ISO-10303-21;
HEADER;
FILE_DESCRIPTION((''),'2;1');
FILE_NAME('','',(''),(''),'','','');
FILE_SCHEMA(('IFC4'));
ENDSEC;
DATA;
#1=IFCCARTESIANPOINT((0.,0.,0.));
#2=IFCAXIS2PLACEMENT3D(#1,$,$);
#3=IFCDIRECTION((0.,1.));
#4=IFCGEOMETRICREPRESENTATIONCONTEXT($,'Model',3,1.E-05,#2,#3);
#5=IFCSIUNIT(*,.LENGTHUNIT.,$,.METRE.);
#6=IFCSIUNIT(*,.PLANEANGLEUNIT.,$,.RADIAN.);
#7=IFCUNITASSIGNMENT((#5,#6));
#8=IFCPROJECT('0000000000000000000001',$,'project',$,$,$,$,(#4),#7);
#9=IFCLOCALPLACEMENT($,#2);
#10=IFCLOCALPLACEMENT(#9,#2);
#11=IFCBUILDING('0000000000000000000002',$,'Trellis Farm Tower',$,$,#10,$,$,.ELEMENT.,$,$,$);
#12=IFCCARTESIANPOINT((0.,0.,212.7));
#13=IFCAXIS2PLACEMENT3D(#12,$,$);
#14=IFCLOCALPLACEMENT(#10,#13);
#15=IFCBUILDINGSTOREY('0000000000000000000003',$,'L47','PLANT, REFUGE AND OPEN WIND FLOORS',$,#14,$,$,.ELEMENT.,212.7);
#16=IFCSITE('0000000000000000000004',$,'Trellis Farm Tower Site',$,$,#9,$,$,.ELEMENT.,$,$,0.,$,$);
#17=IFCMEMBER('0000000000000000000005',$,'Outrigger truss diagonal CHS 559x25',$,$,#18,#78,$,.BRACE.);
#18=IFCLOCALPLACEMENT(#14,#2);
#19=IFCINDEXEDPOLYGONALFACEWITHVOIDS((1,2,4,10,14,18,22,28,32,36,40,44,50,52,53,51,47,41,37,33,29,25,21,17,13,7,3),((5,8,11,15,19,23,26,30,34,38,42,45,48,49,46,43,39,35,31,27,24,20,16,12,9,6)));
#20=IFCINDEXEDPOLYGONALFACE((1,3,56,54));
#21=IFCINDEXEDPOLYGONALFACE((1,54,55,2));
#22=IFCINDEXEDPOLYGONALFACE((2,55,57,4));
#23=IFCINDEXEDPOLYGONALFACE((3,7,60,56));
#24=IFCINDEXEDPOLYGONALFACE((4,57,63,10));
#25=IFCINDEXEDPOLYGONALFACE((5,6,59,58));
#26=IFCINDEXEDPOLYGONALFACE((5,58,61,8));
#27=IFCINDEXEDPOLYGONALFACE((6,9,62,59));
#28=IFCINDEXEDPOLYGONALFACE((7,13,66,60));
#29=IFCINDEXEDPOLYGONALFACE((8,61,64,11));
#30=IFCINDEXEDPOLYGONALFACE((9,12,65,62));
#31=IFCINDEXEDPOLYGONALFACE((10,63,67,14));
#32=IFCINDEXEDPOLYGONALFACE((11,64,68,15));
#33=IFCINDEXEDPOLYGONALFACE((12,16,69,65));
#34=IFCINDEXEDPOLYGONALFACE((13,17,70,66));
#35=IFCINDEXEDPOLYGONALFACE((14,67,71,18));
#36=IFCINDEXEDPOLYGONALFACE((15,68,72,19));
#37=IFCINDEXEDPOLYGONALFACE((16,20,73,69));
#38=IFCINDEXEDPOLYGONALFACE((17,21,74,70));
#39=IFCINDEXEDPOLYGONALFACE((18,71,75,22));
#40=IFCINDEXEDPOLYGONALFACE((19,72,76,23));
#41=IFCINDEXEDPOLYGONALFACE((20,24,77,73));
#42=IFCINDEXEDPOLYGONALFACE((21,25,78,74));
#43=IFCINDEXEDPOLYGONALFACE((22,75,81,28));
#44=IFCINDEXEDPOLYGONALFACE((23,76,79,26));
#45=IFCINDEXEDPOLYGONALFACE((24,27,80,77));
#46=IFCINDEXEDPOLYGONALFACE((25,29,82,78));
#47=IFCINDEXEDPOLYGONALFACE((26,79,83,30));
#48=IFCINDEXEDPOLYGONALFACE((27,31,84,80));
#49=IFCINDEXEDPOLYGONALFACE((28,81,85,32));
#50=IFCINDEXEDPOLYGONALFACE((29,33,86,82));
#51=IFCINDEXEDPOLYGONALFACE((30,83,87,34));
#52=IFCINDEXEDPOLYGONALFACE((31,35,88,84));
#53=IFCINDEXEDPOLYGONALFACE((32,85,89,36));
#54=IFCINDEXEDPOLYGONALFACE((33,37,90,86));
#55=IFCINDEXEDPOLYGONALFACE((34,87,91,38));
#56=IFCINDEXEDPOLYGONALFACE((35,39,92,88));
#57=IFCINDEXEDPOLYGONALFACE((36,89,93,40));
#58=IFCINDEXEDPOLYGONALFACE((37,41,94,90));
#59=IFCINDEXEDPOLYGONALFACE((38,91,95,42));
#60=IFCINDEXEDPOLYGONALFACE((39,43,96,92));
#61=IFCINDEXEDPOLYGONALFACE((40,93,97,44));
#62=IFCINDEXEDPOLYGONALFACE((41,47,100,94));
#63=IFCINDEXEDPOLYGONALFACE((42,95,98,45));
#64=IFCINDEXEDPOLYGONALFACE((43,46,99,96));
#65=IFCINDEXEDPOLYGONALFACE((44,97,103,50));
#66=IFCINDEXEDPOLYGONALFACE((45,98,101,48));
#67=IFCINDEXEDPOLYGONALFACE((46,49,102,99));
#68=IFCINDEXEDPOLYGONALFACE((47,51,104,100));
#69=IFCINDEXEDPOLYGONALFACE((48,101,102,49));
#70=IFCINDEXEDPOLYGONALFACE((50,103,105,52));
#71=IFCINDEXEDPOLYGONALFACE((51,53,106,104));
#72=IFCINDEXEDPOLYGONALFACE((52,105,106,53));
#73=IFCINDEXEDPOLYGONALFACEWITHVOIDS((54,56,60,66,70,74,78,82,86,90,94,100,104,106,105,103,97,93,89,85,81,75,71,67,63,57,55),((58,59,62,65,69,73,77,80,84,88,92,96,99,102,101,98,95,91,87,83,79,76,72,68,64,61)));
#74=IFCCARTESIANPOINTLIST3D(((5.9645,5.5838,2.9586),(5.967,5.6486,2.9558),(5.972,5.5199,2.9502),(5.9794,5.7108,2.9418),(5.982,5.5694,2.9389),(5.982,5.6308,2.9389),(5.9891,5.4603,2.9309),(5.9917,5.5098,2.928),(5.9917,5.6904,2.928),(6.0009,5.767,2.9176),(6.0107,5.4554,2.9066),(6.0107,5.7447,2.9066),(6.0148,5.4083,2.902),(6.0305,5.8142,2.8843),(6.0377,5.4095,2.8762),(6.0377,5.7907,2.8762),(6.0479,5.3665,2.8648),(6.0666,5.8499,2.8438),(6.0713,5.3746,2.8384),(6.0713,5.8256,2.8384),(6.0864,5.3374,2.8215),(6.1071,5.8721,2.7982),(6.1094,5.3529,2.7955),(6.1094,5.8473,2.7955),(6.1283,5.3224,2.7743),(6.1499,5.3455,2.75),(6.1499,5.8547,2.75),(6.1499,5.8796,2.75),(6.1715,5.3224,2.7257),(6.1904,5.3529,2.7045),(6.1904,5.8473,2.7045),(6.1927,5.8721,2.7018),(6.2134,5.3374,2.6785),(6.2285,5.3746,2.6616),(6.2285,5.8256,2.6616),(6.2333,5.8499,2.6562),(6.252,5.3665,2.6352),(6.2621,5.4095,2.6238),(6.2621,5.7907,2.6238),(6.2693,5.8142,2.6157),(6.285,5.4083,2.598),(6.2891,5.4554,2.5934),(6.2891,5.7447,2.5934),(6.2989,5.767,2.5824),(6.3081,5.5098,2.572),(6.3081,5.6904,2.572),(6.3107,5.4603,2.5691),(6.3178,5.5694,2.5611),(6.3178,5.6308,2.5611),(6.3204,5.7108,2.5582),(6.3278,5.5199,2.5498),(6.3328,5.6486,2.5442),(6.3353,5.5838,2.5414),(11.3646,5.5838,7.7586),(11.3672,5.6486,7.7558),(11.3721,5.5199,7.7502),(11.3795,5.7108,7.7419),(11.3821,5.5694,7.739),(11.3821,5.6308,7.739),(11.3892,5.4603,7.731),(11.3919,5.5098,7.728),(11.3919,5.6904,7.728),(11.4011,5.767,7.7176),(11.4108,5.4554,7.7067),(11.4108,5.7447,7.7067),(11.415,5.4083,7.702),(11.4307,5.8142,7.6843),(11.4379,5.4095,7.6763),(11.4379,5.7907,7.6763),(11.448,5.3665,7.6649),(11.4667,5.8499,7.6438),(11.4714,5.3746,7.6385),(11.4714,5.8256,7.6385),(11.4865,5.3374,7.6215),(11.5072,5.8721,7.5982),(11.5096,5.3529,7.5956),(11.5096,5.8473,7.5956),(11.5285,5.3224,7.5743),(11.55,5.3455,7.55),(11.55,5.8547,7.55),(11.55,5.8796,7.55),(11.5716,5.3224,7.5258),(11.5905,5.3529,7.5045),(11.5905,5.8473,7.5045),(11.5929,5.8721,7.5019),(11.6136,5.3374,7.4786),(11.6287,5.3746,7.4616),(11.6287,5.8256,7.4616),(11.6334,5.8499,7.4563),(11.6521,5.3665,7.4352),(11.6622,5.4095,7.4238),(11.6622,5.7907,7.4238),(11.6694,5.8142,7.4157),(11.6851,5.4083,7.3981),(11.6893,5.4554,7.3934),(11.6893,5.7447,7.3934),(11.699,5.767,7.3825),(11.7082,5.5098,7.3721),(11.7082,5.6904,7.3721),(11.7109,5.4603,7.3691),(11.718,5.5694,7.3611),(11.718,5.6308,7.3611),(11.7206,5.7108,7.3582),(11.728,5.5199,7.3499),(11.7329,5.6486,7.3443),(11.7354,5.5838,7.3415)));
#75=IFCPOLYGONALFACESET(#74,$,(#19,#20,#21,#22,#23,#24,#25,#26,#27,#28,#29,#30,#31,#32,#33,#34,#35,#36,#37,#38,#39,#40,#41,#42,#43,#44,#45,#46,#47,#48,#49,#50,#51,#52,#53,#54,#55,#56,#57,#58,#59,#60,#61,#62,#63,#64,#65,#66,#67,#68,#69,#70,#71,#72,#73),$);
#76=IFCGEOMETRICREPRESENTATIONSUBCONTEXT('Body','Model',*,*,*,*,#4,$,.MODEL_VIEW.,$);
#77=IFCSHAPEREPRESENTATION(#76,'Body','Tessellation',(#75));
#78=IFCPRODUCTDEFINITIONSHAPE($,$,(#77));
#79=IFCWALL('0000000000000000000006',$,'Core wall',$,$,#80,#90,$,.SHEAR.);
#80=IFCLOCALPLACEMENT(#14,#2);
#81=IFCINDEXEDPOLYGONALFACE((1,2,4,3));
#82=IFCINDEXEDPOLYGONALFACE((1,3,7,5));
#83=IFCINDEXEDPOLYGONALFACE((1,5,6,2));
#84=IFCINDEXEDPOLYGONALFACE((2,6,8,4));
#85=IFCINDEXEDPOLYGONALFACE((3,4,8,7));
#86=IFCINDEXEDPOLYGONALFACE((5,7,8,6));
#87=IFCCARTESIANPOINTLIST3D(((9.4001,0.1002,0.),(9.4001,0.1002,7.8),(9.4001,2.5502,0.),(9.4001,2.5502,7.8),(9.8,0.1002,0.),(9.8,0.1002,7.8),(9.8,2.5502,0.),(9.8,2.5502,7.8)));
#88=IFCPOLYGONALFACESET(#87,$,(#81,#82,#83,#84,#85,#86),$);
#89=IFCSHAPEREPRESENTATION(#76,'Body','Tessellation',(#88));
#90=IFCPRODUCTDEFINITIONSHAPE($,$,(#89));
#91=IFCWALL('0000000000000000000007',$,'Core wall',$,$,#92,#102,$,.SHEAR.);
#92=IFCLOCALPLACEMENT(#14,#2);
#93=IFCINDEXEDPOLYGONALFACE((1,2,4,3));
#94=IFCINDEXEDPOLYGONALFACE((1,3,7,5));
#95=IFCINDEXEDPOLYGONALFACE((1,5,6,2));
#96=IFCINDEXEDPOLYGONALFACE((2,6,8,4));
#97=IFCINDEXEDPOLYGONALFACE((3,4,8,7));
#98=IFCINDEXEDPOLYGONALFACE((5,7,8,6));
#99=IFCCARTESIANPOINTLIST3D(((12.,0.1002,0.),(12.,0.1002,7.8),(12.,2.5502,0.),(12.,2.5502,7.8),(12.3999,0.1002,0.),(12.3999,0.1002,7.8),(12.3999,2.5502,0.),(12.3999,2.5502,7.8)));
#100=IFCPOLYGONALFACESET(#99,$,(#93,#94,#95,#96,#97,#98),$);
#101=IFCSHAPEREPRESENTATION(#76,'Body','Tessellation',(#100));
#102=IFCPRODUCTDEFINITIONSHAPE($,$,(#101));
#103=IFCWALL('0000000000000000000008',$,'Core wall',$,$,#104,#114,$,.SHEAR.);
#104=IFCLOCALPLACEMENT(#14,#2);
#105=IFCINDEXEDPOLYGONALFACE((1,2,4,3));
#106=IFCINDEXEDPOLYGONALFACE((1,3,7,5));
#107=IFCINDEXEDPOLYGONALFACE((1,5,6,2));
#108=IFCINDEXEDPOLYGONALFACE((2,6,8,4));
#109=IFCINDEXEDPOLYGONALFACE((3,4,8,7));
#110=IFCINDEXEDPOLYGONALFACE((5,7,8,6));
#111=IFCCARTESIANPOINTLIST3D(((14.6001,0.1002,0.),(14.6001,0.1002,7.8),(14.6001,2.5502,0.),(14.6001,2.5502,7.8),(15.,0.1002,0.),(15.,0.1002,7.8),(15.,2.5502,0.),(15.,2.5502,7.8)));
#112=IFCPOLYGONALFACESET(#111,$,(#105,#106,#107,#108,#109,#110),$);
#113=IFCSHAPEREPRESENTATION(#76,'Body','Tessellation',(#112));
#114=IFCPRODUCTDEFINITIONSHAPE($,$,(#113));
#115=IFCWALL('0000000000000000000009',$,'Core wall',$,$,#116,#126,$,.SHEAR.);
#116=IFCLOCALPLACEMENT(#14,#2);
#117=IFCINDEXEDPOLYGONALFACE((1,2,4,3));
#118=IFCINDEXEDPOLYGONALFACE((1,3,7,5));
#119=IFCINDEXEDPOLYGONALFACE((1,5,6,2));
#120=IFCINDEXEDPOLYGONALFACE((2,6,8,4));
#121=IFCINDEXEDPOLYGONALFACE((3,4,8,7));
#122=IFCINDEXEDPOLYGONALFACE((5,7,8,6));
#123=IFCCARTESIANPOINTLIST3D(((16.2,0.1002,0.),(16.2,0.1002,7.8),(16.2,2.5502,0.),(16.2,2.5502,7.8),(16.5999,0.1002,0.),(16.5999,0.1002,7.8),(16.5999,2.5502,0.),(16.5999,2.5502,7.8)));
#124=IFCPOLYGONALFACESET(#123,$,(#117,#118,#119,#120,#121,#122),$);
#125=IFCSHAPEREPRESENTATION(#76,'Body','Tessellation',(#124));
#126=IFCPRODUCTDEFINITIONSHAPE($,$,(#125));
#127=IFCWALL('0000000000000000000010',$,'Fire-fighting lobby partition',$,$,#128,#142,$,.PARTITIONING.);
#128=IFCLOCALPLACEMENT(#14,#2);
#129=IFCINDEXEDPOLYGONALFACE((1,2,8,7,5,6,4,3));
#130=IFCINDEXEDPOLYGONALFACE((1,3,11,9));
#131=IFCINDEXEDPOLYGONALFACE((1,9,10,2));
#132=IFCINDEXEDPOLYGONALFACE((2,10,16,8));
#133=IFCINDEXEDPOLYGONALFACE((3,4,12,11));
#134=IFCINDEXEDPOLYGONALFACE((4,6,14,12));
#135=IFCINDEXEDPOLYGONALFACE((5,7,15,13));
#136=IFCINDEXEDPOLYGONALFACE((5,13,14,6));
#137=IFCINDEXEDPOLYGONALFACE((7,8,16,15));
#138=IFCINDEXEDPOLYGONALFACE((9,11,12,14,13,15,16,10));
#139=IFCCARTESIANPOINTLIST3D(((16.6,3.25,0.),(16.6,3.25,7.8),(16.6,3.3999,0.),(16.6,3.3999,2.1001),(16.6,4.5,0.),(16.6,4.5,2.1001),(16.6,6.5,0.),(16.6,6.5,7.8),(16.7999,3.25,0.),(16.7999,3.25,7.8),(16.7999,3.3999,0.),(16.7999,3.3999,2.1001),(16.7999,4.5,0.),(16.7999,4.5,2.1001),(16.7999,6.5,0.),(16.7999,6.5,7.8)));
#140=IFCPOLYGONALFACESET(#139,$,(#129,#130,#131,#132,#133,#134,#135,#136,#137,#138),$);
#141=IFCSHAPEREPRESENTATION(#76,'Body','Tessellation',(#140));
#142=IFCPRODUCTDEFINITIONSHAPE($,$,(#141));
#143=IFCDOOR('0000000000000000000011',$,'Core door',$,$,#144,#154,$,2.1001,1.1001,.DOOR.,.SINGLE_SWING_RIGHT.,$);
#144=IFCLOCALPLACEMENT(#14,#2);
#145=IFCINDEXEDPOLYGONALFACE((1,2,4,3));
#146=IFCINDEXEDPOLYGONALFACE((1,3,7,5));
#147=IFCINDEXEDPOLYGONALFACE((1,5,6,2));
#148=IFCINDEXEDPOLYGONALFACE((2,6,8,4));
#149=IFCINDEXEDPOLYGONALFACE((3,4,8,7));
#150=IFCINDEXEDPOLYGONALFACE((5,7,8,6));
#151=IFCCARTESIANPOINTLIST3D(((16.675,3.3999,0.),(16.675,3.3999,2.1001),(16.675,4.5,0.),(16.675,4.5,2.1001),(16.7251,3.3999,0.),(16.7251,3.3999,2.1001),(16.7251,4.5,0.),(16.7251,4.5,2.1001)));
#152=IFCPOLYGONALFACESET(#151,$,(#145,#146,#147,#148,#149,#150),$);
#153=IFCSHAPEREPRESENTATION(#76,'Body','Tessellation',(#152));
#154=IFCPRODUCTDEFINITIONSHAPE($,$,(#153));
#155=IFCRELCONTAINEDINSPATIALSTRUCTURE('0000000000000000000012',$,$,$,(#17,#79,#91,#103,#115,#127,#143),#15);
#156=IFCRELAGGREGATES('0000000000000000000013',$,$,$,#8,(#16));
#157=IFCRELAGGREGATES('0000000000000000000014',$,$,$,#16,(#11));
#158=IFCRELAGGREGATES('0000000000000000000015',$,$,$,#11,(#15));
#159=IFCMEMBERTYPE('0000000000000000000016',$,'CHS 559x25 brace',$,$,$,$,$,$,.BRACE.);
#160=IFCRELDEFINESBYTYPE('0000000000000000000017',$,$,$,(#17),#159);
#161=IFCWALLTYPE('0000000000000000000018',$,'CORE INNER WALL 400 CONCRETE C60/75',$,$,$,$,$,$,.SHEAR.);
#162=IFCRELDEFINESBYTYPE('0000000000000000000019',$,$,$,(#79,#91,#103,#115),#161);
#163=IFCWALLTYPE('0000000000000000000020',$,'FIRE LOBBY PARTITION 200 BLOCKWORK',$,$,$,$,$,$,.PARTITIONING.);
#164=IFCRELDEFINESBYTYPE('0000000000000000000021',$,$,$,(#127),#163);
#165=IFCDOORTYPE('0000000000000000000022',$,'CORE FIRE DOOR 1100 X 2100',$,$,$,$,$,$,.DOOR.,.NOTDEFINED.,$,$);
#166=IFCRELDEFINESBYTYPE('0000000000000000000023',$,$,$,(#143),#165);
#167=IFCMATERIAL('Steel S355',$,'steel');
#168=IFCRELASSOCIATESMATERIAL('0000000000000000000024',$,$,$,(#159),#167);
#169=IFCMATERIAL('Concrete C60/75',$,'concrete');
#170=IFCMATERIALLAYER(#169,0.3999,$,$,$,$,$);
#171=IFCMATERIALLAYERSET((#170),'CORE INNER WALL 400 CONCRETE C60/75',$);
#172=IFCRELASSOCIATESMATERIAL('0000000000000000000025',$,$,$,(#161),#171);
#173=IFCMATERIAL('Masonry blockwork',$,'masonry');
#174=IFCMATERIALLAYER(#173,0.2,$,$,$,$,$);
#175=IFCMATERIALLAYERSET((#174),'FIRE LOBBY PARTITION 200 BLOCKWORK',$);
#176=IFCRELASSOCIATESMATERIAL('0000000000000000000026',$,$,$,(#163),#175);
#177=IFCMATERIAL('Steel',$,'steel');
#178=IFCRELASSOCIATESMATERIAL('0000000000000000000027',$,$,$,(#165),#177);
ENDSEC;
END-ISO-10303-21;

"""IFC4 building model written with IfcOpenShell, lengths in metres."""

from ifc_helpers import new_model, si_unit, direction, frame, frame_2d, origin, origin_2d, place, context, subcontext, project, spatial, rectangle, hollow_circle, extrude, source, transform, mapped, material, layer, layer_set, material_profile, profile_set, type_object, element, fill, save


model = new_model("IFC4")

# Units and contexts
model_context = context("Model", 3, precision=1e-05, world=origin(), true_north=direction((0.0, 1.0)))
body_context = subcontext(model_context, "Body", "Model", "MODEL_VIEW")
ifc_project = project(units=[si_unit("LENGTHUNIT", "METRE"), si_unit("PLANEANGLEUNIT", "RADIAN")], contexts=[model_context])

# Site, building, storey
site_placement = place(None, origin())
site = spatial("IfcSite", under=ifc_project, at=site_placement, Name="Trellis Farm Tower Site", CompositionType="ELEMENT", RefElevation=0.0)
building_placement = place(site_placement, origin())
building = spatial("IfcBuilding", under=site, at=building_placement, Name="Trellis Farm Tower", CompositionType="ELEMENT")
storey_placement = place(building_placement, frame((0.0, 0.0, 212.7)))
storey = spatial("IfcBuildingStorey", under=building, at=storey_placement, Name="L47", Description="PLANT, REFUGE AND OPEN WIND FLOORS", CompositionType="ELEMENT", Elevation=212.7)

# Shared definitions
ifc_material_1 = material(Name="Concrete C60/75", Category="concrete")

# Shared definitions
ifc_material_2 = material(Name="Steel S355", Category="steel")

# Member
ifc_material_profile_1 = material_profile(ifc_material_2, hollow_circle(Radius=0.2795, WallThickness=0.0249, at=origin_2d()), Name="CHS 559x25")
ifc_profile_set_1 = profile_set([ifc_material_profile_1], Name="Steel S355")
member_type = type_object("IfcMemberType", Name="CHS 559x25 brace", PredefinedType="BRACE", material=ifc_profile_set_1)
shared_shape_1 = source(origin(), body_context, "Body", "SweptSolid", [
    extrude(hollow_circle(Radius=0.2795, WallThickness=0.0249, at=origin_2d()), origin(), (0.0, 0.0, 1.0), 7.2251),
])
member_placement = place(storey_placement, frame((6.1499, 5.6001, 2.75), z_axis=(0.747415, 0.0, 0.664358), x_axis=(0.0, 1.0, 0.0)))
element("IfcMember", 1, at=member_placement, inside=storey, type_object=member_type, Name="Outrigger truss diagonal CHS 559x25", PredefinedType="BRACE", context=body_context, shape_type="MappedRepresentation", body=[
    mapped(shared_shape_1, transform((0.0, 0.0, 0.0))),
])

# Walls
ifc_layer_1 = layer(ifc_material_1, 0.3999)
ifc_layer_set_1 = layer_set([ifc_layer_1], Name="CORE INNER WALL 400 CONCRETE C60/75")
wall_type_1 = type_object("IfcWallType", Name="CORE INNER WALL 400 CONCRETE C60/75", PredefinedType="SHEAR", material=ifc_layer_set_1)
shared_shape_2 = source(origin(), body_context, "Body", "SweptSolid", [
    extrude(rectangle(XDim=2.45, YDim=0.3999, at=frame_2d((1.2251, 0.0))), origin(), (0.0, 0.0, 1.0), 7.8),
])
for number, where, z_axis, x_axis, name in (
    (2, (9.6001, 0.1001, 0.0), (0.0, 0.0, 1.0), (0.0, 1.0, 0.0), "Core wall"),
    (3, (12.2, 0.1001, 0.0), (0.0, 0.0, 1.0), (0.0, 1.0, 0.0), "Core wall"),
    (4, (14.8, 0.1001, 0.0), (0.0, 0.0, 1.0), (0.0, 1.0, 0.0), "Core wall"),
    (5, (16.3999, 0.1001, 0.0), (0.0, 0.0, 1.0), (0.0, 1.0, 0.0), "Core wall"),
):
    element("IfcWall", number, at=place(storey_placement, frame(where, z_axis=z_axis, x_axis=x_axis)), inside=storey, type_object=wall_type_1, Name=name, PredefinedType="SHEAR", context=body_context, shape_type="MappedRepresentation", body=[
        mapped(shared_shape_2, transform((0.0, 0.0, 0.0))),
    ])

# Wall, opening, door
ifc_material_3 = material(Name="Masonry blockwork", Category="masonry")
ifc_layer_2 = layer(ifc_material_3, 0.2)
ifc_layer_set_2 = layer_set([ifc_layer_2], Name="FIRE LOBBY PARTITION 200 BLOCKWORK")
wall_type_2 = type_object("IfcWallType", Name="FIRE LOBBY PARTITION 200 BLOCKWORK", PredefinedType="PARTITIONING", material=ifc_layer_set_2)
shared_shape_3 = source(origin(), body_context, "Body", "SweptSolid", [
    extrude(rectangle(XDim=3.25, YDim=0.2, at=frame_2d((1.625, 0.0))), origin(), (0.0, 0.0, 1.0), 7.8),
])
wall_1_placement = place(storey_placement, frame((16.7, 3.25, 0.0), z_axis=(0.0, 0.0, 1.0), x_axis=(0.0, 1.0, 0.0)))
wall_1 = element("IfcWall", 6, at=wall_1_placement, inside=storey, type_object=wall_type_2, Name="Fire-fighting lobby partition", PredefinedType="PARTITIONING", context=body_context, shape_type="MappedRepresentation", body=[
    mapped(shared_shape_3, transform((0.0, 0.0, 0.0))),
])
shared_shape_4 = source(origin(), body_context, "Body", "SweptSolid", [
    extrude(rectangle(XDim=1.1001, YDim=2.1001, at=frame_2d((0.55, 1.05))), frame((0.0, 0.1101, 0.0), z_axis=(0.0, -1.0, 0.0), x_axis=(1.0, 0.0, 0.0)), (0.0, 0.0, 1.0), 0.2202),
])
opening_1_placement = place(wall_1_placement, frame((0.1499, 0.0, 0.0)))
opening_1 = element("IfcOpeningElement", 7, at=opening_1_placement, cuts=wall_1, PredefinedType="OPENING", context=body_context, shape_type="MappedRepresentation", body=[
    mapped(shared_shape_4, transform((0.0, 0.0, 0.0))),
])
ifc_material_4 = material(Name="Steel", Category="steel")
door_type_1 = type_object("IfcDoorType", Name="CORE FIRE DOOR 1100 X 2100", OperationType="NOTDEFINED", PredefinedType="DOOR", material=ifc_material_4)
shared_shape_5 = source(origin(), body_context, "Body", "SweptSolid", [
    extrude(rectangle(XDim=1.1001, YDim=2.1001, at=frame_2d((0.55, 1.05))), frame((0.0, 0.0249, 0.0), z_axis=(0.0, -1.0, 0.0), x_axis=(1.0, 0.0, 0.0)), (0.0, 0.0, 1.0), 0.05),
])
door_1_placement = place(opening_1_placement, origin())
door_1 = element("IfcDoor", 8, at=door_1_placement, inside=storey, type_object=door_type_1, Name="Core door", OperationType="SINGLE_SWING_RIGHT", OverallHeight=2.1001, OverallWidth=1.1001, PredefinedType="DOOR", context=body_context, shape_type="MappedRepresentation", body=[
    mapped(shared_shape_5, transform((0.0, 0.0, 0.0))),
])
fill(opening_1, door_1)

save(model, "model.ifc")
